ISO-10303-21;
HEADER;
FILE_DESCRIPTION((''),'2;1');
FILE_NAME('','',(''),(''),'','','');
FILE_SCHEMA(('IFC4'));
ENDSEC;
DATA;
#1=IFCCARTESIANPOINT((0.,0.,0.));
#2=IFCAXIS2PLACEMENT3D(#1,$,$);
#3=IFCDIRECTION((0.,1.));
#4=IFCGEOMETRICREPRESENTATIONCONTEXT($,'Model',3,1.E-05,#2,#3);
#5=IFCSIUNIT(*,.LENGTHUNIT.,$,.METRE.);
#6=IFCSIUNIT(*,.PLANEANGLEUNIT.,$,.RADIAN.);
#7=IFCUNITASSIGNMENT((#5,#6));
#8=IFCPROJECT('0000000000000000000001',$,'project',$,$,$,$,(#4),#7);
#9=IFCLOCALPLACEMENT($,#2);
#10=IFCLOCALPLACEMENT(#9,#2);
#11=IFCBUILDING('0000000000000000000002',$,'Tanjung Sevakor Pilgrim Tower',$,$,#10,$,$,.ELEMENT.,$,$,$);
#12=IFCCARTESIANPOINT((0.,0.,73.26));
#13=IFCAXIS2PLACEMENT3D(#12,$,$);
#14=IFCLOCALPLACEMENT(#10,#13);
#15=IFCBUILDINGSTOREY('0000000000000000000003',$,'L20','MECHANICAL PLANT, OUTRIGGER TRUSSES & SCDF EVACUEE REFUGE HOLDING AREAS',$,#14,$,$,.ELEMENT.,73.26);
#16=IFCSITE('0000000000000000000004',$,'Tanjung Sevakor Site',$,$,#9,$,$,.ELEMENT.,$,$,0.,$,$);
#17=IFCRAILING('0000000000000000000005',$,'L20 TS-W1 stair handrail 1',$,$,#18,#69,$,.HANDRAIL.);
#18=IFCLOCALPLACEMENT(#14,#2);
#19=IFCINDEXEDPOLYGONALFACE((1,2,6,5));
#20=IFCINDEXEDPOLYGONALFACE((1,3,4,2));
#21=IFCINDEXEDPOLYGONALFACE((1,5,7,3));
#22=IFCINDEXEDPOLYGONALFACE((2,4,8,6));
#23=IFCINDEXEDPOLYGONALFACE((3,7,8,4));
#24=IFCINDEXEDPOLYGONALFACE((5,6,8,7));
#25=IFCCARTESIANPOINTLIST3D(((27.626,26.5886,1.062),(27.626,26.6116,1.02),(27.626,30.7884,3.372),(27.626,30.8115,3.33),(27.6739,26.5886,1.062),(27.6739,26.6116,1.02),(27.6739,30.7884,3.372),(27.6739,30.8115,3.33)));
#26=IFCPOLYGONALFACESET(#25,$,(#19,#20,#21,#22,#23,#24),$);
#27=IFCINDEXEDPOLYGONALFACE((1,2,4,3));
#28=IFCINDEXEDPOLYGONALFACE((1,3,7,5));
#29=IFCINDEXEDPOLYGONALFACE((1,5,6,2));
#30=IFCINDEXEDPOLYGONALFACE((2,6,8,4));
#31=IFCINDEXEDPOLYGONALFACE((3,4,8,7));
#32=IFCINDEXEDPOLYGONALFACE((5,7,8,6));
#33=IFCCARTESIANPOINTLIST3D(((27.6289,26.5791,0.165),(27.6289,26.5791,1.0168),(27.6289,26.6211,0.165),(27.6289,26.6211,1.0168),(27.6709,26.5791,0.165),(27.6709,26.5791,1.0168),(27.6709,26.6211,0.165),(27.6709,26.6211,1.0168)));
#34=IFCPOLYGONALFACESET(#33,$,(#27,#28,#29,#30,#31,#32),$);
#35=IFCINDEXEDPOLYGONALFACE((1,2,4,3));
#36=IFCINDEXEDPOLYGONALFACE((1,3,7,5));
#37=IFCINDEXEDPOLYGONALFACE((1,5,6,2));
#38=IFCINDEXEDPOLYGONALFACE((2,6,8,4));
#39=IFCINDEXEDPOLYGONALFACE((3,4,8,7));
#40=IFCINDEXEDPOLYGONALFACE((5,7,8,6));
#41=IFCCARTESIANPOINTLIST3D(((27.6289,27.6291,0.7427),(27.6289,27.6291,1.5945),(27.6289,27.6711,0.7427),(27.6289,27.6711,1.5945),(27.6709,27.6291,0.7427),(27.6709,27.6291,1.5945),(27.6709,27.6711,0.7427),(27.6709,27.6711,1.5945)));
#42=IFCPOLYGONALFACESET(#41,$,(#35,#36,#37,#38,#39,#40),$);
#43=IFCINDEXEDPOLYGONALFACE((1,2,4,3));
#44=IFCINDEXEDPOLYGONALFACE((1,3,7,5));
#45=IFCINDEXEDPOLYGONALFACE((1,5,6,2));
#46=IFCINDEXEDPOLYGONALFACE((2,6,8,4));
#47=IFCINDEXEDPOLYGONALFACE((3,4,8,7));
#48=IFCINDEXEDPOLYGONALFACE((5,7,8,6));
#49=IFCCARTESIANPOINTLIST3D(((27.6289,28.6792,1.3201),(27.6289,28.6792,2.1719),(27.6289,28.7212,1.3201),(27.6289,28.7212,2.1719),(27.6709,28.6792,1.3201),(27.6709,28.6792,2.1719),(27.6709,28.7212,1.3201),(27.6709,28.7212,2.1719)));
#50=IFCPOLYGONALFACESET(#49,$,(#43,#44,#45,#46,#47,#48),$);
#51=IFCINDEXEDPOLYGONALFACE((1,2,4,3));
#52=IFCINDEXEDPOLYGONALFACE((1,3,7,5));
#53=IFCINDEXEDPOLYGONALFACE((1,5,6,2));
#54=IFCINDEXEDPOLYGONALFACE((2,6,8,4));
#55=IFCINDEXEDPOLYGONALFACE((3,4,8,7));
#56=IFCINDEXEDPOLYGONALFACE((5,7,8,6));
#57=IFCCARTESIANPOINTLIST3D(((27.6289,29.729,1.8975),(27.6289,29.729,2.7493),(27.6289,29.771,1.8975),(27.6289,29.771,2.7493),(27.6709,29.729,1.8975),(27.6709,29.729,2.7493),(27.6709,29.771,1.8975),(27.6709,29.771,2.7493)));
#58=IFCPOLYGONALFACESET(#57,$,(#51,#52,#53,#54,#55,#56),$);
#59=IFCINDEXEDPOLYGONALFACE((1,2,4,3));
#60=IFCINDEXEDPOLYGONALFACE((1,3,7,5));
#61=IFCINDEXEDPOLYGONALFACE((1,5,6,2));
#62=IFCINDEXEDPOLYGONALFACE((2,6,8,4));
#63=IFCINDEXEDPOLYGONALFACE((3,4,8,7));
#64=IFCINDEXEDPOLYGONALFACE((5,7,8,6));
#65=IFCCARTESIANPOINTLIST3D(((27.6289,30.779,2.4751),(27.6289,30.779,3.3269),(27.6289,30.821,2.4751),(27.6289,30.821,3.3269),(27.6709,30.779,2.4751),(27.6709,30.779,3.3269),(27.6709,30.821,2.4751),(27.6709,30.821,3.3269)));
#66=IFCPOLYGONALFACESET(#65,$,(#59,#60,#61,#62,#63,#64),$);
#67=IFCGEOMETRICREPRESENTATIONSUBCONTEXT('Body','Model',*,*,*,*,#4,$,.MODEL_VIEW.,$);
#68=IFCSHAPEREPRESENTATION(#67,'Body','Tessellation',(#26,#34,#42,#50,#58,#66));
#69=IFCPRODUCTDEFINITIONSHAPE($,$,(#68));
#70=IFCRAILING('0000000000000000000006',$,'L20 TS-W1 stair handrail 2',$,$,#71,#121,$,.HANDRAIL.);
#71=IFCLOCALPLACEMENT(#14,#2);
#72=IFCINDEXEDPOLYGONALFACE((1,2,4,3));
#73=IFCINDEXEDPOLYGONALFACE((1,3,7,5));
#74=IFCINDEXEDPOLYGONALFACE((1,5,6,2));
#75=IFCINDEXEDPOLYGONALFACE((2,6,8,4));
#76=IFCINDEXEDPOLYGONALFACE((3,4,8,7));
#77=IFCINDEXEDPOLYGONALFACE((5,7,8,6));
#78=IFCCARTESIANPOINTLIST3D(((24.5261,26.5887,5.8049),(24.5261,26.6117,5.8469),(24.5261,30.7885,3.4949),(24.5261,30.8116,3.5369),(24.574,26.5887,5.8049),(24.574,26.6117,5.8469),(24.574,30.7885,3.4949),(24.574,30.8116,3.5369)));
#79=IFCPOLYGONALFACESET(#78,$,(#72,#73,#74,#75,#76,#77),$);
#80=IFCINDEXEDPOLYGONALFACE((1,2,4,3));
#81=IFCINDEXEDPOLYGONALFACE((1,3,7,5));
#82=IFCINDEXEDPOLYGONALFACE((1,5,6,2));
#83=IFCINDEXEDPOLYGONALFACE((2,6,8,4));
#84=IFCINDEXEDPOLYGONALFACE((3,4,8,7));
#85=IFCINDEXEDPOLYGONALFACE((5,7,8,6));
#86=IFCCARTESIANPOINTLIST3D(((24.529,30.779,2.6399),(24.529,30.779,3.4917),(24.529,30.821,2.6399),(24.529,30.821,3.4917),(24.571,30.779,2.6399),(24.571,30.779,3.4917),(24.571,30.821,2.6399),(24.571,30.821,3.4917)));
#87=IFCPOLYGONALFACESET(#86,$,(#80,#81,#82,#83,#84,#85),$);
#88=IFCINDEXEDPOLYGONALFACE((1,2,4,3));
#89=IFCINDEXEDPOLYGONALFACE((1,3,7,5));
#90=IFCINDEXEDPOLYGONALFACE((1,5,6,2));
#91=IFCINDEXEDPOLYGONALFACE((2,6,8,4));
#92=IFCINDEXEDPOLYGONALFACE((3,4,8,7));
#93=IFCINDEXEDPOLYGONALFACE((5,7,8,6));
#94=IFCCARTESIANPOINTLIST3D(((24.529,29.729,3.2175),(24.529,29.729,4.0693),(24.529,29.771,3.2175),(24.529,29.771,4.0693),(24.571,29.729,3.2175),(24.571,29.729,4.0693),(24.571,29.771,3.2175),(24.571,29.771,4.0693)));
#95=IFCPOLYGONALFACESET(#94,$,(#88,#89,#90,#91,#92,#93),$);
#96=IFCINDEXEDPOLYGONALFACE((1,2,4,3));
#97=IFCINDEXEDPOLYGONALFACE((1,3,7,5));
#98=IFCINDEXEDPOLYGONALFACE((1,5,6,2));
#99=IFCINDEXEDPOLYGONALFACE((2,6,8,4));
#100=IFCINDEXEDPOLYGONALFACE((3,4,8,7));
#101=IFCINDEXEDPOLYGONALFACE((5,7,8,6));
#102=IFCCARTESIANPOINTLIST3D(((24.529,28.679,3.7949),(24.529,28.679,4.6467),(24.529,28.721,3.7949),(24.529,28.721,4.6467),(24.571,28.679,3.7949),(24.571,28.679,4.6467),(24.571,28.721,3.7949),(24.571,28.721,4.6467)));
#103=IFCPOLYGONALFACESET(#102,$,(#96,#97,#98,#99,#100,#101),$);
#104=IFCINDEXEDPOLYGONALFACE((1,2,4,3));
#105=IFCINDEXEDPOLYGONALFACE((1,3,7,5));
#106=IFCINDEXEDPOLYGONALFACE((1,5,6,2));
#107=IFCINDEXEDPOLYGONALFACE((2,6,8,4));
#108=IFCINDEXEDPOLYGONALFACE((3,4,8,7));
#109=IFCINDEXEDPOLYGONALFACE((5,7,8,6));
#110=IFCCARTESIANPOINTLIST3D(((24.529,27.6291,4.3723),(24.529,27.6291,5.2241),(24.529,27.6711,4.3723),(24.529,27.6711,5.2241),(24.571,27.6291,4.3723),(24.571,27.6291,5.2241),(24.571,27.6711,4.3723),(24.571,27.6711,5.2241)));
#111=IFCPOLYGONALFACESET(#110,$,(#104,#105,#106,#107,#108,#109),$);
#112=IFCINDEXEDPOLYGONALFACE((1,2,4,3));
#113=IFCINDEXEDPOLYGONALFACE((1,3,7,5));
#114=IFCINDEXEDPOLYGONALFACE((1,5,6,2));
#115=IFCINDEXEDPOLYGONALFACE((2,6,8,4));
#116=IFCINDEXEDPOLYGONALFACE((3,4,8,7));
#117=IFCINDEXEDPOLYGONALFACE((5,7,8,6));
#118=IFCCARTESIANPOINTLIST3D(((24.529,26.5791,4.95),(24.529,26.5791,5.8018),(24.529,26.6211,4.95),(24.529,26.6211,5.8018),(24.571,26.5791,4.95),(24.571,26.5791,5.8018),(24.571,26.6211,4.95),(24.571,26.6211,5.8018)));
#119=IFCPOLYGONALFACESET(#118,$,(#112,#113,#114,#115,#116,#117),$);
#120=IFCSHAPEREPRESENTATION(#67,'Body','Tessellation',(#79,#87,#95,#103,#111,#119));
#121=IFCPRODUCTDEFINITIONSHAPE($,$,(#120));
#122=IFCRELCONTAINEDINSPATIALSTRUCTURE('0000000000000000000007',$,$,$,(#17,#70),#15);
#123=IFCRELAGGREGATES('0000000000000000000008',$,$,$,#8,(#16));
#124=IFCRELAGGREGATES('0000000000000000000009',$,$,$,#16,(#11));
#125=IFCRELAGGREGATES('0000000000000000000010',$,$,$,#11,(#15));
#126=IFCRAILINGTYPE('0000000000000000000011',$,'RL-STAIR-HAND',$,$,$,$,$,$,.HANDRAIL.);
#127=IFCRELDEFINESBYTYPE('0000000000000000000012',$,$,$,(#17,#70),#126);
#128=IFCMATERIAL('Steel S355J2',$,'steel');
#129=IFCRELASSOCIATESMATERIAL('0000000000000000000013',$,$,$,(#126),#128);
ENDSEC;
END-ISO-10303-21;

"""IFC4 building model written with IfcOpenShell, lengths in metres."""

from ifc_helpers import new_model, si_unit, direction, frame, origin, place, context, subcontext, project, spatial, rectangle, extrude, material, type_object, element, save


model = new_model("IFC4")

# Units and contexts
model_context = context("Model", 3, precision=1e-05, world=origin(), true_north=direction((0.0, 1.0)))
body_context = subcontext(model_context, "Body", "Model", "MODEL_VIEW")
ifc_project = project(units=[si_unit("LENGTHUNIT", "METRE"), si_unit("PLANEANGLEUNIT", "RADIAN")], contexts=[model_context])

# Site, building, storey
site_placement = place(None, origin())
site = spatial("IfcSite", under=ifc_project, at=site_placement, Name="Tanjung Sevakor Site", CompositionType="ELEMENT", RefElevation=0.0)
building_placement = place(site_placement, origin())
building = spatial("IfcBuilding", under=site, at=building_placement, Name="Tanjung Sevakor Pilgrim Tower", CompositionType="ELEMENT")
storey_placement = place(building_placement, frame((0.0, 0.0, 73.26)))
storey = spatial("IfcBuildingStorey", under=building, at=storey_placement, Name="L20", Description="MECHANICAL PLANT, OUTRIGGER TRUSSES & SCDF EVACUEE REFUGE HOLDING AREAS", CompositionType="ELEMENT", Elevation=73.26)

# Railings
ifc_material_1 = material(Name="Steel S355J2", Category="steel")
railing_type_1 = type_object("IfcRailingType", Name="RL-STAIR-HAND", PredefinedType="HANDRAIL", material=ifc_material_1)
railing_1_placement = place(storey_placement, frame((27.6499, 26.6001, 0.165)))
element("IfcRailing", 1, at=railing_1_placement, inside=storey, type_object=railing_type_1, Name="L20 TS-W1 stair handrail 1", PredefinedType="HANDRAIL", context=body_context, shape_type="SweptSolid", body=[
    extrude(rectangle(XDim=0.0479, YDim=0.0479), frame((0.0, 0.0, 0.876), z_axis=(0.0, 0.876208, 0.481932), x_axis=(-1.0, 0.0, 0.0)), (0.0, 0.0, 1.0), 4.7932),
    extrude(rectangle(XDim=0.042, YDim=0.042), origin(), (0.0, 0.0, 1.0), 0.8518),
    extrude(rectangle(XDim=0.042, YDim=0.042), frame((0.0, 1.05, 0.5776)), (0.0, 0.0, 1.0), 0.8518),
    extrude(rectangle(XDim=0.042, YDim=0.042), frame((0.0, 2.1001, 1.155)), (0.0, 0.0, 1.0), 0.8518),
    extrude(rectangle(XDim=0.042, YDim=0.042), frame((0.0, 3.1499, 1.7324)), (0.0, 0.0, 1.0), 0.8518),
    extrude(rectangle(XDim=0.042, YDim=0.042), frame((0.0, 4.2, 2.3101)), (0.0, 0.0, 1.0), 0.8518),
])
railing_2_placement = place(storey_placement, frame((24.55, 30.8, 2.6399)))
element("IfcRailing", 2, at=railing_2_placement, inside=storey, type_object=railing_type_1, Name="L20 TS-W1 stair handrail 2", PredefinedType="HANDRAIL", context=body_context, shape_type="SweptSolid", body=[
    extrude(rectangle(XDim=0.0479, YDim=0.0479), frame((0.0, 0.0, 0.876), z_axis=(0.0, -0.876208, 0.481932), x_axis=(1.0, 0.0, 0.0)), (0.0, 0.0, 1.0), 4.7932),
    extrude(rectangle(XDim=0.042, YDim=0.042), origin(), (0.0, 0.0, 1.0), 0.8518),
    extrude(rectangle(XDim=0.042, YDim=0.042), frame((0.0, -1.05, 0.5776)), (0.0, 0.0, 1.0), 0.8518),
    extrude(rectangle(XDim=0.042, YDim=0.042), frame((0.0, -2.1001, 1.155)), (0.0, 0.0, 1.0), 0.8518),
    extrude(rectangle(XDim=0.042, YDim=0.042), frame((0.0, -3.1499, 1.7324)), (0.0, 0.0, 1.0), 0.8518),
    extrude(rectangle(XDim=0.042, YDim=0.042), frame((0.0, -4.2, 2.3101)), (0.0, 0.0, 1.0), 0.8518),
])

save(model, "model.ifc")
